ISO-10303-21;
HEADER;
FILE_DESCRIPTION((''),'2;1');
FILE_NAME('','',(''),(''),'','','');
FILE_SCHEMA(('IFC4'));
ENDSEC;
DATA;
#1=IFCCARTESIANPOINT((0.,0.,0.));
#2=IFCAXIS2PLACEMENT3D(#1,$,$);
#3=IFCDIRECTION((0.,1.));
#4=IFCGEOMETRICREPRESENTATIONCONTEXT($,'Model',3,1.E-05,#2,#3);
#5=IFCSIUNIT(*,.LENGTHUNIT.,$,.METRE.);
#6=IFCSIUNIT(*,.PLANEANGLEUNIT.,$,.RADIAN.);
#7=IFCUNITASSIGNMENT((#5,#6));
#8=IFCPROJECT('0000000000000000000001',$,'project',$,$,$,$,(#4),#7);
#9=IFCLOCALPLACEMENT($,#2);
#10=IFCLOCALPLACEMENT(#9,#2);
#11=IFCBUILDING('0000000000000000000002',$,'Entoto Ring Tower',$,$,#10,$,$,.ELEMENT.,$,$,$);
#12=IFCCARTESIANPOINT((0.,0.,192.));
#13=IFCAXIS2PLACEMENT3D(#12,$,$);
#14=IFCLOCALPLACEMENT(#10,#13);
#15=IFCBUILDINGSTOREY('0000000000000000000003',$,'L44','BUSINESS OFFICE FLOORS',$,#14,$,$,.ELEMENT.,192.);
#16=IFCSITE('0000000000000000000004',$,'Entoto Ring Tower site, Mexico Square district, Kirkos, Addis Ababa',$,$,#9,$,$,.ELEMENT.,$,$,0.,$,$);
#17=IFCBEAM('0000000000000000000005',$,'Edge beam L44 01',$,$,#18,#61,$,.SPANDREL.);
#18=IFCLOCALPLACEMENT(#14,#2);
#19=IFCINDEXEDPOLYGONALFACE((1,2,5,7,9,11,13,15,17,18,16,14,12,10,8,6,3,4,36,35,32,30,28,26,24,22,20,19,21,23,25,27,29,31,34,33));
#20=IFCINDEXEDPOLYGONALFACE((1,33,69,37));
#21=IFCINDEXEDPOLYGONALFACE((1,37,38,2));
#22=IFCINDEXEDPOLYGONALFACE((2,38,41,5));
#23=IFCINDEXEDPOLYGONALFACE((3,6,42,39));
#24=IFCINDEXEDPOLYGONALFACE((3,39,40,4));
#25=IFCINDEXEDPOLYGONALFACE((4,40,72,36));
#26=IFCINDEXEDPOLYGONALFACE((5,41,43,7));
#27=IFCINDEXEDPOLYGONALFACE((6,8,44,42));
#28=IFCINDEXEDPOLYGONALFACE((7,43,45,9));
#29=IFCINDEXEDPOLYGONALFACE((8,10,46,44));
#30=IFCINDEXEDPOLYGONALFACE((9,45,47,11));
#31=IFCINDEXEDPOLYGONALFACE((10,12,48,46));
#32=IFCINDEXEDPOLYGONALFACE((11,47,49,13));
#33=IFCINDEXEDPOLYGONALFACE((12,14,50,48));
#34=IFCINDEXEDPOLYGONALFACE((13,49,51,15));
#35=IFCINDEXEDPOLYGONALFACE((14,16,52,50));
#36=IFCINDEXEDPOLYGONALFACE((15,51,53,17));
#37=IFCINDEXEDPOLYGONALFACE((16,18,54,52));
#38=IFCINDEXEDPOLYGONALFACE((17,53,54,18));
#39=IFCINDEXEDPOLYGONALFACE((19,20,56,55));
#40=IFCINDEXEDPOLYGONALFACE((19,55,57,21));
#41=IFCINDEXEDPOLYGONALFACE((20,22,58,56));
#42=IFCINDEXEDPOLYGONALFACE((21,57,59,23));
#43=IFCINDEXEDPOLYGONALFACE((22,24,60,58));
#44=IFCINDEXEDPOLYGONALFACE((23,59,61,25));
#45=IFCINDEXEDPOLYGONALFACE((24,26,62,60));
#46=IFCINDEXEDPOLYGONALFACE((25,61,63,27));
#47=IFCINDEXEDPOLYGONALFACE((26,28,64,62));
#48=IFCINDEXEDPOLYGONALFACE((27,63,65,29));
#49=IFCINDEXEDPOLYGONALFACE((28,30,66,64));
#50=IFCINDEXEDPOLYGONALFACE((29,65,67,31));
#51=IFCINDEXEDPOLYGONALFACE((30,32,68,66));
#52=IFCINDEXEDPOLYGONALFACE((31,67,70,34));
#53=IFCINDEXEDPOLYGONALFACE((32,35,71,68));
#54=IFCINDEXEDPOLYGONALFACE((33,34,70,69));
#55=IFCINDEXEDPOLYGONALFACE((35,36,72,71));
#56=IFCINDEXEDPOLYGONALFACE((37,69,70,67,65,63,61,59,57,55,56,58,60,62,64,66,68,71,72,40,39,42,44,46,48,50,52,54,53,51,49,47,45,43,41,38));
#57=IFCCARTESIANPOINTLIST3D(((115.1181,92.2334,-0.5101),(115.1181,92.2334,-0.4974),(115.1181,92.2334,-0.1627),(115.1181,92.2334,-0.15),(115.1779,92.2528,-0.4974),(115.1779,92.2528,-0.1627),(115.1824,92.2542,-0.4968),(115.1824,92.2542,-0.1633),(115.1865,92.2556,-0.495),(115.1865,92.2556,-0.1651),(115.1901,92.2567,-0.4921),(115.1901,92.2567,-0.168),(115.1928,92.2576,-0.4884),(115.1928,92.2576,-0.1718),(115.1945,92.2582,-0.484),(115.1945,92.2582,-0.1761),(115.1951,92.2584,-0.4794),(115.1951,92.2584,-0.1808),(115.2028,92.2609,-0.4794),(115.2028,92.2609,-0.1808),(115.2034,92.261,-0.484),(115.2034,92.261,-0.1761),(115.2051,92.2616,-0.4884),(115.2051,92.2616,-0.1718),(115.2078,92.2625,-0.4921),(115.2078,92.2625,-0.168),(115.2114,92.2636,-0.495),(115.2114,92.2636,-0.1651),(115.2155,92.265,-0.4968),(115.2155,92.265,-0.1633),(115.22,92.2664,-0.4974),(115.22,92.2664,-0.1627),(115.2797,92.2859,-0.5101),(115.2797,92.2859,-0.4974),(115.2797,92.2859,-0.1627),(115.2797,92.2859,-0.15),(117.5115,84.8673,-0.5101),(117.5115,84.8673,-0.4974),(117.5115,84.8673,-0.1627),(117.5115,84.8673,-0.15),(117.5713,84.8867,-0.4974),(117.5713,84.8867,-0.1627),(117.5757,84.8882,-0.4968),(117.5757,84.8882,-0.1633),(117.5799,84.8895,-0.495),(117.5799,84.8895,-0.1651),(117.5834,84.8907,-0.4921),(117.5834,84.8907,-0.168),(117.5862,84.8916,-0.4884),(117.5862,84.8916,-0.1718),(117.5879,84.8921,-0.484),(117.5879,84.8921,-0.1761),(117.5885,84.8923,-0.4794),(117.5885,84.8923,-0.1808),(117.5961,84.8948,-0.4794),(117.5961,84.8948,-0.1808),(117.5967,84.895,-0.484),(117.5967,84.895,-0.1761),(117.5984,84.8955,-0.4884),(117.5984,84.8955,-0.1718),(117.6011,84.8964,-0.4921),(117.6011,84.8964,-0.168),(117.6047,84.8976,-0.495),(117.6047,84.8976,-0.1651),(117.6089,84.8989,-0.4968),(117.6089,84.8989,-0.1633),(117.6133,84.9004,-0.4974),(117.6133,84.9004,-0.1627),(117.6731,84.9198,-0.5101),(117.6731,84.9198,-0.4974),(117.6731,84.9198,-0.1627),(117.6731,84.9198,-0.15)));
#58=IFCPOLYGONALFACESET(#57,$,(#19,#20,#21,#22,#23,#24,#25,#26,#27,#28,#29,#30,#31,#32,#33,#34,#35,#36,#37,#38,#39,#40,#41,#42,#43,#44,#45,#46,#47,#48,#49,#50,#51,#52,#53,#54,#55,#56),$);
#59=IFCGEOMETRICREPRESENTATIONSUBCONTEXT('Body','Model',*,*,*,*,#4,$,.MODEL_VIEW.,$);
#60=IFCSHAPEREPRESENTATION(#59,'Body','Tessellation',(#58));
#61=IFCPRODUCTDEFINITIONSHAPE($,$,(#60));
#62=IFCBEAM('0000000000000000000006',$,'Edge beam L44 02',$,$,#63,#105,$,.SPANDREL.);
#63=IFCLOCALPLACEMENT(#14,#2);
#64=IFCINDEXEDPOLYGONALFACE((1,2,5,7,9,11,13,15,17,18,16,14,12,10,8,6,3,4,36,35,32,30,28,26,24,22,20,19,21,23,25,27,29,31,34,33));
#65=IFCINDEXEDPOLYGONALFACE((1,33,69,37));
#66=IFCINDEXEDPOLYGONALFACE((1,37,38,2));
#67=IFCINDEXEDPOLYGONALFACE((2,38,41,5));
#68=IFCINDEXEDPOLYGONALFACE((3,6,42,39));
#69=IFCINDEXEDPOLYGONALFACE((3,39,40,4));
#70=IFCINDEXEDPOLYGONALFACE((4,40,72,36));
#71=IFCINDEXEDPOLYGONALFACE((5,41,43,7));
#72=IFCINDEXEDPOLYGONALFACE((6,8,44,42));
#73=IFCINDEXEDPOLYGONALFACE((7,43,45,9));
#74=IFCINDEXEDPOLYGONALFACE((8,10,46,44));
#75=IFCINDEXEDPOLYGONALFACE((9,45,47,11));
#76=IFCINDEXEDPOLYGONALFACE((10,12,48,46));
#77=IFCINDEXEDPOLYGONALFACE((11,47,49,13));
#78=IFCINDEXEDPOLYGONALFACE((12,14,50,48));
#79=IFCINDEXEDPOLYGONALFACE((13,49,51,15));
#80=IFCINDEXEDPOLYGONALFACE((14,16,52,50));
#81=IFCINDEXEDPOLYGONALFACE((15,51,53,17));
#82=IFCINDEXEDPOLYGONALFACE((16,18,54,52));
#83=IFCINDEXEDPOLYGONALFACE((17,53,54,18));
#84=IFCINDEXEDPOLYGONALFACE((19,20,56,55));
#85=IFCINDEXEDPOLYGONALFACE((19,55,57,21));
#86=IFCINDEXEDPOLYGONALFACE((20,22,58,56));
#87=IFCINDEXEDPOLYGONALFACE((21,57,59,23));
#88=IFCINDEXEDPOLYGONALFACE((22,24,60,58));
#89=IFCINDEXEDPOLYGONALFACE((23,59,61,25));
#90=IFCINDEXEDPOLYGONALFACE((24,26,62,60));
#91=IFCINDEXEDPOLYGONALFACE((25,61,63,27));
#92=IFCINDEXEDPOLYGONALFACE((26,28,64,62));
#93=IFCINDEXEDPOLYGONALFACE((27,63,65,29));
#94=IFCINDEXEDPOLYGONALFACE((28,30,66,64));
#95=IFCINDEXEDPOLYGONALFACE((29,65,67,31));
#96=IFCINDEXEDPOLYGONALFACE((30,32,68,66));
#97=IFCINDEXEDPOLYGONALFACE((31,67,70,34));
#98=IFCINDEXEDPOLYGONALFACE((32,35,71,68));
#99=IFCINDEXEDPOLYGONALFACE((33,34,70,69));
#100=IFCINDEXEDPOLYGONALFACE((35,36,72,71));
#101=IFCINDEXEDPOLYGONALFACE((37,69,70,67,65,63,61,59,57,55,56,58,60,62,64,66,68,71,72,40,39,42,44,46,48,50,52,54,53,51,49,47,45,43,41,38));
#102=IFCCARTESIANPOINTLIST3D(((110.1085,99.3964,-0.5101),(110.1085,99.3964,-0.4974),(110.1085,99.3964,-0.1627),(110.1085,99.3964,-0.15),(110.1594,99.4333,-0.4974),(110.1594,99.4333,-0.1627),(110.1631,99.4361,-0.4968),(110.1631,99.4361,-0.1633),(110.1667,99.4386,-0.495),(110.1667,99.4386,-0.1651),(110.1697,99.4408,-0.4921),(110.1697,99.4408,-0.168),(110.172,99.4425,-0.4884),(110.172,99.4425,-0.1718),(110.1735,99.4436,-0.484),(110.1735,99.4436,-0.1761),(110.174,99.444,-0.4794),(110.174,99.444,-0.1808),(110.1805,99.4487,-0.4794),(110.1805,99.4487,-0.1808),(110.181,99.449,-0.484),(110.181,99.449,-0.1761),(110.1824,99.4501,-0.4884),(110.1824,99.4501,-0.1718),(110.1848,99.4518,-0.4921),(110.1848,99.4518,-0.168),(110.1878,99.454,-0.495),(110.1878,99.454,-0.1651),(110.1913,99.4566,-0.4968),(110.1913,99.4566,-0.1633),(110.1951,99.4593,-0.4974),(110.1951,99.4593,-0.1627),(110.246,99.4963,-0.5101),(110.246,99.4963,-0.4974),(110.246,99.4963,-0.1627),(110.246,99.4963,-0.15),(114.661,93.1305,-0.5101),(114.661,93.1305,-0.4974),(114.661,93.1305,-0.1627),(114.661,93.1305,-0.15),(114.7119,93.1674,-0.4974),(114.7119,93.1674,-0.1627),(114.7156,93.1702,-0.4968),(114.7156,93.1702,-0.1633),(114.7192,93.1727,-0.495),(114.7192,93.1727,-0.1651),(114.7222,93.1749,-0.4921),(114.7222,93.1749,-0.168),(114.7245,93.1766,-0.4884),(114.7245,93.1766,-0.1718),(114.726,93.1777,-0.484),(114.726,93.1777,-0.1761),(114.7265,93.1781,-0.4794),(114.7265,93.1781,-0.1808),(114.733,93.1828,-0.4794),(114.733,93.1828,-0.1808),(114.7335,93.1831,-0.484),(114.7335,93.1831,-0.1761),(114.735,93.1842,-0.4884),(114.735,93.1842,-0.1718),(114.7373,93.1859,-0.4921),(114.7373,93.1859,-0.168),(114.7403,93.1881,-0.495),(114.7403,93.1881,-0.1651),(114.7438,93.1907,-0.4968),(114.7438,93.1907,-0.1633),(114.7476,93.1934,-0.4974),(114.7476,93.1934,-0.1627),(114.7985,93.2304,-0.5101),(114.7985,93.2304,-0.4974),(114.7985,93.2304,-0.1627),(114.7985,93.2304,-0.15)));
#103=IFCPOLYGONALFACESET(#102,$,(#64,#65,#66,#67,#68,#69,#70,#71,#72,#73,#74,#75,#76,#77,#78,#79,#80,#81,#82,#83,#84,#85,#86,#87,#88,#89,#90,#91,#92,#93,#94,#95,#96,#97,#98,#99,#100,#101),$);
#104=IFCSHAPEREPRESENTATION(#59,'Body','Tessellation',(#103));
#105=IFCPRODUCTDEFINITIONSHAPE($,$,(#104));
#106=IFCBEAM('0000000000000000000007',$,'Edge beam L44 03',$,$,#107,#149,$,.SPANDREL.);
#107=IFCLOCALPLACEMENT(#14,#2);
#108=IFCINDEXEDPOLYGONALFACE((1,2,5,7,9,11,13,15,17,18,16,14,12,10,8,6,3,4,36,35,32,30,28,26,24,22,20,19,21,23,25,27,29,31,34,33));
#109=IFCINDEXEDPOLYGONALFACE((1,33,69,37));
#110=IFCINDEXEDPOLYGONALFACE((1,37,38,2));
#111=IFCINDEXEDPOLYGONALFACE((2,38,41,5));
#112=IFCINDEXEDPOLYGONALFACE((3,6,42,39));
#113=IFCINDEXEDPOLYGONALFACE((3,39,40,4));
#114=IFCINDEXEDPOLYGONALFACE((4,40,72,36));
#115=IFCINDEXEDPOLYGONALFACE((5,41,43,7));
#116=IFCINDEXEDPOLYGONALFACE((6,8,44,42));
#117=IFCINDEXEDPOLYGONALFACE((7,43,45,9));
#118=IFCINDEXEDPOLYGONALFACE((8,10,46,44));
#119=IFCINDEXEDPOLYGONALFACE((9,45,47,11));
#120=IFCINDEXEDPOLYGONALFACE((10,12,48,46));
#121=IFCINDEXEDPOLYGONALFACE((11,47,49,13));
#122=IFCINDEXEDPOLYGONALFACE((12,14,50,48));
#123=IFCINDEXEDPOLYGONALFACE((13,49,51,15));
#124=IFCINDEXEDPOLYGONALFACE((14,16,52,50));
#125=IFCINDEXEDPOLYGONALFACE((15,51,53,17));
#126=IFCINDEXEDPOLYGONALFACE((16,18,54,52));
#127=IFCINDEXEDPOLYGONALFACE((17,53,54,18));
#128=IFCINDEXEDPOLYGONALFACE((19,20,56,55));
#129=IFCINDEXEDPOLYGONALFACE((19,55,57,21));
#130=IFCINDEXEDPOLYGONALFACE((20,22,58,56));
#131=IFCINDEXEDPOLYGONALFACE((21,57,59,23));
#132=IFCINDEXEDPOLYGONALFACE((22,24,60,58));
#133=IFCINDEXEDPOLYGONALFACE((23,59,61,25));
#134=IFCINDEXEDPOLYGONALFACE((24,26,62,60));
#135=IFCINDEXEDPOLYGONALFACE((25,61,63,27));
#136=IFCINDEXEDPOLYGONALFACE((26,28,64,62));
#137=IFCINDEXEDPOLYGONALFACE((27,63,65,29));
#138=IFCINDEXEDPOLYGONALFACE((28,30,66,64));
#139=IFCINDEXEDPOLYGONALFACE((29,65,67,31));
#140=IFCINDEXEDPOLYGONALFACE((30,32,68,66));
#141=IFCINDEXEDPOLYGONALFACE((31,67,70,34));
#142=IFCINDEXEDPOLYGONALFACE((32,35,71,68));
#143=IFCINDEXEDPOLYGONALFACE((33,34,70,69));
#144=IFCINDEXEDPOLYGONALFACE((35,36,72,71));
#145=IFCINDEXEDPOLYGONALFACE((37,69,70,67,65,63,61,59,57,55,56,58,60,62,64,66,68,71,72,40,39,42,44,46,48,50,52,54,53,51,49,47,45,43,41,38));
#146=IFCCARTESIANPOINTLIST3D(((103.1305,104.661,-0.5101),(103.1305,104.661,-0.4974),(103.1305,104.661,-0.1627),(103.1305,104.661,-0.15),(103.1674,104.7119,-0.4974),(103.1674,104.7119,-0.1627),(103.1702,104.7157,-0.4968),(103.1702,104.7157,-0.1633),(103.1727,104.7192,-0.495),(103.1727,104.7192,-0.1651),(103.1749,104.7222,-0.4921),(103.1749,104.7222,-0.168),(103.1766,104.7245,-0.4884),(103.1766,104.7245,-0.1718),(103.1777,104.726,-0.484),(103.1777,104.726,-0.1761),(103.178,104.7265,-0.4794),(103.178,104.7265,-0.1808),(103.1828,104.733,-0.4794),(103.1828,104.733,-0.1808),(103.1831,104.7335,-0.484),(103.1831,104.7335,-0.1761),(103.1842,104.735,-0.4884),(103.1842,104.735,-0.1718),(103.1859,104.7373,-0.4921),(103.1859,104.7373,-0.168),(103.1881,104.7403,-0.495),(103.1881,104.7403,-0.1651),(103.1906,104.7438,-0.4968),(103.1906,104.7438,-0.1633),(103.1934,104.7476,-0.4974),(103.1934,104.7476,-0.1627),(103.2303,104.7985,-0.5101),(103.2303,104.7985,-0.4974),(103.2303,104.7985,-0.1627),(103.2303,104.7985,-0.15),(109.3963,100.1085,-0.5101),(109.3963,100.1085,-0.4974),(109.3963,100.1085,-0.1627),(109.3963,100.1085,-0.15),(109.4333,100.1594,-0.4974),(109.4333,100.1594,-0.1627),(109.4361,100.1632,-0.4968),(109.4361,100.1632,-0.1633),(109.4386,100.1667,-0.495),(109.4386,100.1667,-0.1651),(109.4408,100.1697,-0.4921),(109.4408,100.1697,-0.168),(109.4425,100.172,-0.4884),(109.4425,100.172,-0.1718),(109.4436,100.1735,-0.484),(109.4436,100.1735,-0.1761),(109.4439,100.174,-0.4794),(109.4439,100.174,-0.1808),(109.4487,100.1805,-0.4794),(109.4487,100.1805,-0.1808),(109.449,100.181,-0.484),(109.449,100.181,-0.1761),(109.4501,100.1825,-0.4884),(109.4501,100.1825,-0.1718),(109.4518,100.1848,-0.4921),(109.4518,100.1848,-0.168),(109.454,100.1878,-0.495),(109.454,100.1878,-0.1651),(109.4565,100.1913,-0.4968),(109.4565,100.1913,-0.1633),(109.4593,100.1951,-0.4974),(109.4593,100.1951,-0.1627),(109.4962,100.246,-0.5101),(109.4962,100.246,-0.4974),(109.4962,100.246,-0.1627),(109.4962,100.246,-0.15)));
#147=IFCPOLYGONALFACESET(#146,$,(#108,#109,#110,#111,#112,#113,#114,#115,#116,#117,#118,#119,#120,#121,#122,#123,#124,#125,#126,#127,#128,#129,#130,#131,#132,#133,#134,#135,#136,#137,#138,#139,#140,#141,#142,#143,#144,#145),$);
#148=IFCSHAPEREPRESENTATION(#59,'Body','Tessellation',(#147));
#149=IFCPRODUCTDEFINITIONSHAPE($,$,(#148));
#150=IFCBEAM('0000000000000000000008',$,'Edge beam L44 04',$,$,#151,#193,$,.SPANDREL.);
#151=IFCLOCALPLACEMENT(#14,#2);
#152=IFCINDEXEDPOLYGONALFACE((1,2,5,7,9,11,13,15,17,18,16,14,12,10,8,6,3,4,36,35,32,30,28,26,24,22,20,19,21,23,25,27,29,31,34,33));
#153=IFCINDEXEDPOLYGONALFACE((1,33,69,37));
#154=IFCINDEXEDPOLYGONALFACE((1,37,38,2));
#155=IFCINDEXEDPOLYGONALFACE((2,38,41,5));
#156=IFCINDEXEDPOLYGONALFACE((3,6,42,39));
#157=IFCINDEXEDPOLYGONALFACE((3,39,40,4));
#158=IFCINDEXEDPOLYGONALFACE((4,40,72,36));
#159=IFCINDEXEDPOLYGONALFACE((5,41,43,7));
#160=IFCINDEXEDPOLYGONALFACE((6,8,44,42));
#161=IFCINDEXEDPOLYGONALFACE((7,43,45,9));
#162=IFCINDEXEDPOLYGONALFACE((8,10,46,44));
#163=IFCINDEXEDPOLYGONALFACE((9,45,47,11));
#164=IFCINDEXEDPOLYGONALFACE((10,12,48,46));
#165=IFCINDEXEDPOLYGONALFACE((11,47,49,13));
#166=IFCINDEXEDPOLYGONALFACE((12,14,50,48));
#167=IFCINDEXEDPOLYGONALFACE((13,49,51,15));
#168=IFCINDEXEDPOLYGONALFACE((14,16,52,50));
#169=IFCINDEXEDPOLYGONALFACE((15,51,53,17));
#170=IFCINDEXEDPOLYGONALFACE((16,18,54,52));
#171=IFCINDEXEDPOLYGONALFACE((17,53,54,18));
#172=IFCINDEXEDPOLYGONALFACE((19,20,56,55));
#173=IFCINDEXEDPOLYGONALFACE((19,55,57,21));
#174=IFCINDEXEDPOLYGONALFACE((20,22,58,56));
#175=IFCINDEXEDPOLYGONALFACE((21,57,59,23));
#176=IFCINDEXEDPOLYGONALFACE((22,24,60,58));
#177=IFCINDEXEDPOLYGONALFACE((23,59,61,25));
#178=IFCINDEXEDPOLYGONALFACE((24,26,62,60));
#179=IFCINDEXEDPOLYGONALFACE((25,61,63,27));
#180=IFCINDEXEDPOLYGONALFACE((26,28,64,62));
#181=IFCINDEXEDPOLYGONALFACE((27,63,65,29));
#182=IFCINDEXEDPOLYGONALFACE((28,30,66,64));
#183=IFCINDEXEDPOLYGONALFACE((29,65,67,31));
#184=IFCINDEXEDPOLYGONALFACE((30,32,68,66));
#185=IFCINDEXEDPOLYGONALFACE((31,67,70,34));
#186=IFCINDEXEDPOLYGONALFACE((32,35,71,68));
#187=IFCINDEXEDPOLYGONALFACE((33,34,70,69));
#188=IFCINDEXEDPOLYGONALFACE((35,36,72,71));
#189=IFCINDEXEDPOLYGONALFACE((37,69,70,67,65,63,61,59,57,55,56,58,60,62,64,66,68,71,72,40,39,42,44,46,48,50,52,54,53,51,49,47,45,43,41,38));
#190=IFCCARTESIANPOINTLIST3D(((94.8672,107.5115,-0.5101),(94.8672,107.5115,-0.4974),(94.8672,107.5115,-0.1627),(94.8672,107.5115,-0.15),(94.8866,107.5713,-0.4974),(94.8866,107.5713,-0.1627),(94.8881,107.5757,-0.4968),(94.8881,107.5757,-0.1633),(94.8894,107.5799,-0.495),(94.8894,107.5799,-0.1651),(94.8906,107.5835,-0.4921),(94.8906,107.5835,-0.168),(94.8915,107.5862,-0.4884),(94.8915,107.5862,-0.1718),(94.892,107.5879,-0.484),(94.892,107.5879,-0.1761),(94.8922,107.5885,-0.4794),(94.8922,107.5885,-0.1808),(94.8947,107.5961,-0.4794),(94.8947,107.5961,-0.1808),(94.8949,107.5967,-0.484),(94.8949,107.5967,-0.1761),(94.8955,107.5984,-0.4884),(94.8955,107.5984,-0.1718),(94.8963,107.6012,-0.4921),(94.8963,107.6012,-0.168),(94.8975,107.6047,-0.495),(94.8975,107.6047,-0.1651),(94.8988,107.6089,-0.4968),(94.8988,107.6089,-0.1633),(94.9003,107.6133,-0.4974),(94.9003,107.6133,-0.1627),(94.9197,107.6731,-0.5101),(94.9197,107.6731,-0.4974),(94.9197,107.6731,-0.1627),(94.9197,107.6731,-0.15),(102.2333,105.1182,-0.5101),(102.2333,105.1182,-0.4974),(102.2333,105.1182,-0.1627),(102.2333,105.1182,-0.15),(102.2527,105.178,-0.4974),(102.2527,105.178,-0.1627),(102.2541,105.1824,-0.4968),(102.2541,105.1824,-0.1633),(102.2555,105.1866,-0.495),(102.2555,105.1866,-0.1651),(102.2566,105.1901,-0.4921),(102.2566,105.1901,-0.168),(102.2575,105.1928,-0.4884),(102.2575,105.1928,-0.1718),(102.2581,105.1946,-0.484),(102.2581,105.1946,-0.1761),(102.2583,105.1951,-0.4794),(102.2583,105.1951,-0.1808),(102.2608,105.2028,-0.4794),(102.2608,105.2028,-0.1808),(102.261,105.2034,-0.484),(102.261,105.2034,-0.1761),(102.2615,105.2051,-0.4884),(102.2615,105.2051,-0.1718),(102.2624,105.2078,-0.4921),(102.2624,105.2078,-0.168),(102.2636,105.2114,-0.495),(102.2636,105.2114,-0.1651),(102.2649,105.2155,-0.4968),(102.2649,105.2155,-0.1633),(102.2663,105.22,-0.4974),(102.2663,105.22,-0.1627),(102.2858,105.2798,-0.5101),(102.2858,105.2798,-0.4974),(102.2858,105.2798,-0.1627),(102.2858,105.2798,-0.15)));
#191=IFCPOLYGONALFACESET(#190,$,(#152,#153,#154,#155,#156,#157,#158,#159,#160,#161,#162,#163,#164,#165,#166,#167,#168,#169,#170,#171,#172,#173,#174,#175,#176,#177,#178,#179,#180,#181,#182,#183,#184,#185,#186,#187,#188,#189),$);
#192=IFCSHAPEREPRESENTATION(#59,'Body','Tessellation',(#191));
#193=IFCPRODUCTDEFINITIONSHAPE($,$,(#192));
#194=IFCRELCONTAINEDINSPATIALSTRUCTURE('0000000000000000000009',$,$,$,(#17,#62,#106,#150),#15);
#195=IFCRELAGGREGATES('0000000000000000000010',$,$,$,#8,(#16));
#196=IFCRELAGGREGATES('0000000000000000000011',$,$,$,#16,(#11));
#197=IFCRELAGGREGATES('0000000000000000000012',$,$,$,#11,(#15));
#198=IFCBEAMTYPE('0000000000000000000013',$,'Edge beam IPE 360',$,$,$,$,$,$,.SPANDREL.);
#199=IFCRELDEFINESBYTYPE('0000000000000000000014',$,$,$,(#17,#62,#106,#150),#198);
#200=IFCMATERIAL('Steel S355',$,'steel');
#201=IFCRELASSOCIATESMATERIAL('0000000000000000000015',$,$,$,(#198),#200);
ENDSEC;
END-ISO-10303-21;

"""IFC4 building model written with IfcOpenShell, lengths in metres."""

from ifc_helpers import new_model, si_unit, direction, frame, origin, origin_2d, place, context, subcontext, project, spatial, i_section, extrude, material, material_profile, profile_set, type_object, element, save


model = new_model("IFC4")

# Units and contexts
model_context = context("Model", 3, precision=1e-05, world=origin(), true_north=direction((0.0, 1.0)))
body_context = subcontext(model_context, "Body", "Model", "MODEL_VIEW")
ifc_project = project(units=[si_unit("LENGTHUNIT", "METRE"), si_unit("PLANEANGLEUNIT", "RADIAN")], contexts=[model_context])

# Site, building, storey
site_placement = place(None, origin())
site = spatial("IfcSite", under=ifc_project, at=site_placement, Name="Entoto Ring Tower site, Mexico Square district, Kirkos, Addis Ababa", CompositionType="ELEMENT", RefElevation=0.0)
building_placement = place(site_placement, origin())
building = spatial("IfcBuilding", under=site, at=building_placement, Name="Entoto Ring Tower", CompositionType="ELEMENT")
storey_placement = place(building_placement, frame((0.0, 0.0, 192.0)))
storey = spatial("IfcBuildingStorey", under=building, at=storey_placement, Name="L44", Description="BUSINESS OFFICE FLOORS", CompositionType="ELEMENT", Elevation=192.0)

# Beams
ifc_material_1 = material(Name="Steel S355", Category="steel")
ifc_material_profile_1 = material_profile(ifc_material_1, i_section(OverallWidth=0.1699, OverallDepth=0.3601, WebThickness=0.0081, FlangeThickness=0.0127, FilletRadius=0.0181, at=origin_2d()), Name="IPE 360")
ifc_profile_set_1 = profile_set([ifc_material_profile_1], Name="Steel S355")
beam_type_1 = type_object("IfcBeamType", Name="Edge beam IPE 360", PredefinedType="SPANDREL", material=ifc_profile_set_1)
for number, where, z_axis, x_axis, name in (
    (1, (117.5923, 84.8936, -0.3301), (-0.309013, 0.951058, 0.0), (-0.951058, -0.309013, 0.0), "Edge beam L44 01"),
    (2, (114.7297, 93.1804, -0.3301), (-0.587791, 0.809013, 0.0), (-0.809013, -0.587791, 0.0), "Edge beam L44 02"),
    (3, (109.4463, 100.1772, -0.3301), (-0.809013, 0.587791, 0.0), (-0.587791, -0.809013, 0.0), "Edge beam L44 03"),
    (4, (102.2595, 105.199, -0.3301), (-0.951058, 0.309013, 0.0), (-0.309013, -0.951058, 0.0), "Edge beam L44 04"),
):
    element("IfcBeam", number, at=place(storey_placement, frame(where, z_axis=z_axis, x_axis=x_axis)), inside=storey, type_object=beam_type_1, Name=name, PredefinedType="SPANDREL", context=body_context, shape_type="SweptSolid", body=[
        extrude(i_section(OverallWidth=0.1699, OverallDepth=0.3601, WebThickness=0.0081, FlangeThickness=0.0127, FilletRadius=0.0181, at=origin_2d()), origin(), (0.0, 0.0, 1.0), 7.7451),
    ])

save(model, "model.ifc")
